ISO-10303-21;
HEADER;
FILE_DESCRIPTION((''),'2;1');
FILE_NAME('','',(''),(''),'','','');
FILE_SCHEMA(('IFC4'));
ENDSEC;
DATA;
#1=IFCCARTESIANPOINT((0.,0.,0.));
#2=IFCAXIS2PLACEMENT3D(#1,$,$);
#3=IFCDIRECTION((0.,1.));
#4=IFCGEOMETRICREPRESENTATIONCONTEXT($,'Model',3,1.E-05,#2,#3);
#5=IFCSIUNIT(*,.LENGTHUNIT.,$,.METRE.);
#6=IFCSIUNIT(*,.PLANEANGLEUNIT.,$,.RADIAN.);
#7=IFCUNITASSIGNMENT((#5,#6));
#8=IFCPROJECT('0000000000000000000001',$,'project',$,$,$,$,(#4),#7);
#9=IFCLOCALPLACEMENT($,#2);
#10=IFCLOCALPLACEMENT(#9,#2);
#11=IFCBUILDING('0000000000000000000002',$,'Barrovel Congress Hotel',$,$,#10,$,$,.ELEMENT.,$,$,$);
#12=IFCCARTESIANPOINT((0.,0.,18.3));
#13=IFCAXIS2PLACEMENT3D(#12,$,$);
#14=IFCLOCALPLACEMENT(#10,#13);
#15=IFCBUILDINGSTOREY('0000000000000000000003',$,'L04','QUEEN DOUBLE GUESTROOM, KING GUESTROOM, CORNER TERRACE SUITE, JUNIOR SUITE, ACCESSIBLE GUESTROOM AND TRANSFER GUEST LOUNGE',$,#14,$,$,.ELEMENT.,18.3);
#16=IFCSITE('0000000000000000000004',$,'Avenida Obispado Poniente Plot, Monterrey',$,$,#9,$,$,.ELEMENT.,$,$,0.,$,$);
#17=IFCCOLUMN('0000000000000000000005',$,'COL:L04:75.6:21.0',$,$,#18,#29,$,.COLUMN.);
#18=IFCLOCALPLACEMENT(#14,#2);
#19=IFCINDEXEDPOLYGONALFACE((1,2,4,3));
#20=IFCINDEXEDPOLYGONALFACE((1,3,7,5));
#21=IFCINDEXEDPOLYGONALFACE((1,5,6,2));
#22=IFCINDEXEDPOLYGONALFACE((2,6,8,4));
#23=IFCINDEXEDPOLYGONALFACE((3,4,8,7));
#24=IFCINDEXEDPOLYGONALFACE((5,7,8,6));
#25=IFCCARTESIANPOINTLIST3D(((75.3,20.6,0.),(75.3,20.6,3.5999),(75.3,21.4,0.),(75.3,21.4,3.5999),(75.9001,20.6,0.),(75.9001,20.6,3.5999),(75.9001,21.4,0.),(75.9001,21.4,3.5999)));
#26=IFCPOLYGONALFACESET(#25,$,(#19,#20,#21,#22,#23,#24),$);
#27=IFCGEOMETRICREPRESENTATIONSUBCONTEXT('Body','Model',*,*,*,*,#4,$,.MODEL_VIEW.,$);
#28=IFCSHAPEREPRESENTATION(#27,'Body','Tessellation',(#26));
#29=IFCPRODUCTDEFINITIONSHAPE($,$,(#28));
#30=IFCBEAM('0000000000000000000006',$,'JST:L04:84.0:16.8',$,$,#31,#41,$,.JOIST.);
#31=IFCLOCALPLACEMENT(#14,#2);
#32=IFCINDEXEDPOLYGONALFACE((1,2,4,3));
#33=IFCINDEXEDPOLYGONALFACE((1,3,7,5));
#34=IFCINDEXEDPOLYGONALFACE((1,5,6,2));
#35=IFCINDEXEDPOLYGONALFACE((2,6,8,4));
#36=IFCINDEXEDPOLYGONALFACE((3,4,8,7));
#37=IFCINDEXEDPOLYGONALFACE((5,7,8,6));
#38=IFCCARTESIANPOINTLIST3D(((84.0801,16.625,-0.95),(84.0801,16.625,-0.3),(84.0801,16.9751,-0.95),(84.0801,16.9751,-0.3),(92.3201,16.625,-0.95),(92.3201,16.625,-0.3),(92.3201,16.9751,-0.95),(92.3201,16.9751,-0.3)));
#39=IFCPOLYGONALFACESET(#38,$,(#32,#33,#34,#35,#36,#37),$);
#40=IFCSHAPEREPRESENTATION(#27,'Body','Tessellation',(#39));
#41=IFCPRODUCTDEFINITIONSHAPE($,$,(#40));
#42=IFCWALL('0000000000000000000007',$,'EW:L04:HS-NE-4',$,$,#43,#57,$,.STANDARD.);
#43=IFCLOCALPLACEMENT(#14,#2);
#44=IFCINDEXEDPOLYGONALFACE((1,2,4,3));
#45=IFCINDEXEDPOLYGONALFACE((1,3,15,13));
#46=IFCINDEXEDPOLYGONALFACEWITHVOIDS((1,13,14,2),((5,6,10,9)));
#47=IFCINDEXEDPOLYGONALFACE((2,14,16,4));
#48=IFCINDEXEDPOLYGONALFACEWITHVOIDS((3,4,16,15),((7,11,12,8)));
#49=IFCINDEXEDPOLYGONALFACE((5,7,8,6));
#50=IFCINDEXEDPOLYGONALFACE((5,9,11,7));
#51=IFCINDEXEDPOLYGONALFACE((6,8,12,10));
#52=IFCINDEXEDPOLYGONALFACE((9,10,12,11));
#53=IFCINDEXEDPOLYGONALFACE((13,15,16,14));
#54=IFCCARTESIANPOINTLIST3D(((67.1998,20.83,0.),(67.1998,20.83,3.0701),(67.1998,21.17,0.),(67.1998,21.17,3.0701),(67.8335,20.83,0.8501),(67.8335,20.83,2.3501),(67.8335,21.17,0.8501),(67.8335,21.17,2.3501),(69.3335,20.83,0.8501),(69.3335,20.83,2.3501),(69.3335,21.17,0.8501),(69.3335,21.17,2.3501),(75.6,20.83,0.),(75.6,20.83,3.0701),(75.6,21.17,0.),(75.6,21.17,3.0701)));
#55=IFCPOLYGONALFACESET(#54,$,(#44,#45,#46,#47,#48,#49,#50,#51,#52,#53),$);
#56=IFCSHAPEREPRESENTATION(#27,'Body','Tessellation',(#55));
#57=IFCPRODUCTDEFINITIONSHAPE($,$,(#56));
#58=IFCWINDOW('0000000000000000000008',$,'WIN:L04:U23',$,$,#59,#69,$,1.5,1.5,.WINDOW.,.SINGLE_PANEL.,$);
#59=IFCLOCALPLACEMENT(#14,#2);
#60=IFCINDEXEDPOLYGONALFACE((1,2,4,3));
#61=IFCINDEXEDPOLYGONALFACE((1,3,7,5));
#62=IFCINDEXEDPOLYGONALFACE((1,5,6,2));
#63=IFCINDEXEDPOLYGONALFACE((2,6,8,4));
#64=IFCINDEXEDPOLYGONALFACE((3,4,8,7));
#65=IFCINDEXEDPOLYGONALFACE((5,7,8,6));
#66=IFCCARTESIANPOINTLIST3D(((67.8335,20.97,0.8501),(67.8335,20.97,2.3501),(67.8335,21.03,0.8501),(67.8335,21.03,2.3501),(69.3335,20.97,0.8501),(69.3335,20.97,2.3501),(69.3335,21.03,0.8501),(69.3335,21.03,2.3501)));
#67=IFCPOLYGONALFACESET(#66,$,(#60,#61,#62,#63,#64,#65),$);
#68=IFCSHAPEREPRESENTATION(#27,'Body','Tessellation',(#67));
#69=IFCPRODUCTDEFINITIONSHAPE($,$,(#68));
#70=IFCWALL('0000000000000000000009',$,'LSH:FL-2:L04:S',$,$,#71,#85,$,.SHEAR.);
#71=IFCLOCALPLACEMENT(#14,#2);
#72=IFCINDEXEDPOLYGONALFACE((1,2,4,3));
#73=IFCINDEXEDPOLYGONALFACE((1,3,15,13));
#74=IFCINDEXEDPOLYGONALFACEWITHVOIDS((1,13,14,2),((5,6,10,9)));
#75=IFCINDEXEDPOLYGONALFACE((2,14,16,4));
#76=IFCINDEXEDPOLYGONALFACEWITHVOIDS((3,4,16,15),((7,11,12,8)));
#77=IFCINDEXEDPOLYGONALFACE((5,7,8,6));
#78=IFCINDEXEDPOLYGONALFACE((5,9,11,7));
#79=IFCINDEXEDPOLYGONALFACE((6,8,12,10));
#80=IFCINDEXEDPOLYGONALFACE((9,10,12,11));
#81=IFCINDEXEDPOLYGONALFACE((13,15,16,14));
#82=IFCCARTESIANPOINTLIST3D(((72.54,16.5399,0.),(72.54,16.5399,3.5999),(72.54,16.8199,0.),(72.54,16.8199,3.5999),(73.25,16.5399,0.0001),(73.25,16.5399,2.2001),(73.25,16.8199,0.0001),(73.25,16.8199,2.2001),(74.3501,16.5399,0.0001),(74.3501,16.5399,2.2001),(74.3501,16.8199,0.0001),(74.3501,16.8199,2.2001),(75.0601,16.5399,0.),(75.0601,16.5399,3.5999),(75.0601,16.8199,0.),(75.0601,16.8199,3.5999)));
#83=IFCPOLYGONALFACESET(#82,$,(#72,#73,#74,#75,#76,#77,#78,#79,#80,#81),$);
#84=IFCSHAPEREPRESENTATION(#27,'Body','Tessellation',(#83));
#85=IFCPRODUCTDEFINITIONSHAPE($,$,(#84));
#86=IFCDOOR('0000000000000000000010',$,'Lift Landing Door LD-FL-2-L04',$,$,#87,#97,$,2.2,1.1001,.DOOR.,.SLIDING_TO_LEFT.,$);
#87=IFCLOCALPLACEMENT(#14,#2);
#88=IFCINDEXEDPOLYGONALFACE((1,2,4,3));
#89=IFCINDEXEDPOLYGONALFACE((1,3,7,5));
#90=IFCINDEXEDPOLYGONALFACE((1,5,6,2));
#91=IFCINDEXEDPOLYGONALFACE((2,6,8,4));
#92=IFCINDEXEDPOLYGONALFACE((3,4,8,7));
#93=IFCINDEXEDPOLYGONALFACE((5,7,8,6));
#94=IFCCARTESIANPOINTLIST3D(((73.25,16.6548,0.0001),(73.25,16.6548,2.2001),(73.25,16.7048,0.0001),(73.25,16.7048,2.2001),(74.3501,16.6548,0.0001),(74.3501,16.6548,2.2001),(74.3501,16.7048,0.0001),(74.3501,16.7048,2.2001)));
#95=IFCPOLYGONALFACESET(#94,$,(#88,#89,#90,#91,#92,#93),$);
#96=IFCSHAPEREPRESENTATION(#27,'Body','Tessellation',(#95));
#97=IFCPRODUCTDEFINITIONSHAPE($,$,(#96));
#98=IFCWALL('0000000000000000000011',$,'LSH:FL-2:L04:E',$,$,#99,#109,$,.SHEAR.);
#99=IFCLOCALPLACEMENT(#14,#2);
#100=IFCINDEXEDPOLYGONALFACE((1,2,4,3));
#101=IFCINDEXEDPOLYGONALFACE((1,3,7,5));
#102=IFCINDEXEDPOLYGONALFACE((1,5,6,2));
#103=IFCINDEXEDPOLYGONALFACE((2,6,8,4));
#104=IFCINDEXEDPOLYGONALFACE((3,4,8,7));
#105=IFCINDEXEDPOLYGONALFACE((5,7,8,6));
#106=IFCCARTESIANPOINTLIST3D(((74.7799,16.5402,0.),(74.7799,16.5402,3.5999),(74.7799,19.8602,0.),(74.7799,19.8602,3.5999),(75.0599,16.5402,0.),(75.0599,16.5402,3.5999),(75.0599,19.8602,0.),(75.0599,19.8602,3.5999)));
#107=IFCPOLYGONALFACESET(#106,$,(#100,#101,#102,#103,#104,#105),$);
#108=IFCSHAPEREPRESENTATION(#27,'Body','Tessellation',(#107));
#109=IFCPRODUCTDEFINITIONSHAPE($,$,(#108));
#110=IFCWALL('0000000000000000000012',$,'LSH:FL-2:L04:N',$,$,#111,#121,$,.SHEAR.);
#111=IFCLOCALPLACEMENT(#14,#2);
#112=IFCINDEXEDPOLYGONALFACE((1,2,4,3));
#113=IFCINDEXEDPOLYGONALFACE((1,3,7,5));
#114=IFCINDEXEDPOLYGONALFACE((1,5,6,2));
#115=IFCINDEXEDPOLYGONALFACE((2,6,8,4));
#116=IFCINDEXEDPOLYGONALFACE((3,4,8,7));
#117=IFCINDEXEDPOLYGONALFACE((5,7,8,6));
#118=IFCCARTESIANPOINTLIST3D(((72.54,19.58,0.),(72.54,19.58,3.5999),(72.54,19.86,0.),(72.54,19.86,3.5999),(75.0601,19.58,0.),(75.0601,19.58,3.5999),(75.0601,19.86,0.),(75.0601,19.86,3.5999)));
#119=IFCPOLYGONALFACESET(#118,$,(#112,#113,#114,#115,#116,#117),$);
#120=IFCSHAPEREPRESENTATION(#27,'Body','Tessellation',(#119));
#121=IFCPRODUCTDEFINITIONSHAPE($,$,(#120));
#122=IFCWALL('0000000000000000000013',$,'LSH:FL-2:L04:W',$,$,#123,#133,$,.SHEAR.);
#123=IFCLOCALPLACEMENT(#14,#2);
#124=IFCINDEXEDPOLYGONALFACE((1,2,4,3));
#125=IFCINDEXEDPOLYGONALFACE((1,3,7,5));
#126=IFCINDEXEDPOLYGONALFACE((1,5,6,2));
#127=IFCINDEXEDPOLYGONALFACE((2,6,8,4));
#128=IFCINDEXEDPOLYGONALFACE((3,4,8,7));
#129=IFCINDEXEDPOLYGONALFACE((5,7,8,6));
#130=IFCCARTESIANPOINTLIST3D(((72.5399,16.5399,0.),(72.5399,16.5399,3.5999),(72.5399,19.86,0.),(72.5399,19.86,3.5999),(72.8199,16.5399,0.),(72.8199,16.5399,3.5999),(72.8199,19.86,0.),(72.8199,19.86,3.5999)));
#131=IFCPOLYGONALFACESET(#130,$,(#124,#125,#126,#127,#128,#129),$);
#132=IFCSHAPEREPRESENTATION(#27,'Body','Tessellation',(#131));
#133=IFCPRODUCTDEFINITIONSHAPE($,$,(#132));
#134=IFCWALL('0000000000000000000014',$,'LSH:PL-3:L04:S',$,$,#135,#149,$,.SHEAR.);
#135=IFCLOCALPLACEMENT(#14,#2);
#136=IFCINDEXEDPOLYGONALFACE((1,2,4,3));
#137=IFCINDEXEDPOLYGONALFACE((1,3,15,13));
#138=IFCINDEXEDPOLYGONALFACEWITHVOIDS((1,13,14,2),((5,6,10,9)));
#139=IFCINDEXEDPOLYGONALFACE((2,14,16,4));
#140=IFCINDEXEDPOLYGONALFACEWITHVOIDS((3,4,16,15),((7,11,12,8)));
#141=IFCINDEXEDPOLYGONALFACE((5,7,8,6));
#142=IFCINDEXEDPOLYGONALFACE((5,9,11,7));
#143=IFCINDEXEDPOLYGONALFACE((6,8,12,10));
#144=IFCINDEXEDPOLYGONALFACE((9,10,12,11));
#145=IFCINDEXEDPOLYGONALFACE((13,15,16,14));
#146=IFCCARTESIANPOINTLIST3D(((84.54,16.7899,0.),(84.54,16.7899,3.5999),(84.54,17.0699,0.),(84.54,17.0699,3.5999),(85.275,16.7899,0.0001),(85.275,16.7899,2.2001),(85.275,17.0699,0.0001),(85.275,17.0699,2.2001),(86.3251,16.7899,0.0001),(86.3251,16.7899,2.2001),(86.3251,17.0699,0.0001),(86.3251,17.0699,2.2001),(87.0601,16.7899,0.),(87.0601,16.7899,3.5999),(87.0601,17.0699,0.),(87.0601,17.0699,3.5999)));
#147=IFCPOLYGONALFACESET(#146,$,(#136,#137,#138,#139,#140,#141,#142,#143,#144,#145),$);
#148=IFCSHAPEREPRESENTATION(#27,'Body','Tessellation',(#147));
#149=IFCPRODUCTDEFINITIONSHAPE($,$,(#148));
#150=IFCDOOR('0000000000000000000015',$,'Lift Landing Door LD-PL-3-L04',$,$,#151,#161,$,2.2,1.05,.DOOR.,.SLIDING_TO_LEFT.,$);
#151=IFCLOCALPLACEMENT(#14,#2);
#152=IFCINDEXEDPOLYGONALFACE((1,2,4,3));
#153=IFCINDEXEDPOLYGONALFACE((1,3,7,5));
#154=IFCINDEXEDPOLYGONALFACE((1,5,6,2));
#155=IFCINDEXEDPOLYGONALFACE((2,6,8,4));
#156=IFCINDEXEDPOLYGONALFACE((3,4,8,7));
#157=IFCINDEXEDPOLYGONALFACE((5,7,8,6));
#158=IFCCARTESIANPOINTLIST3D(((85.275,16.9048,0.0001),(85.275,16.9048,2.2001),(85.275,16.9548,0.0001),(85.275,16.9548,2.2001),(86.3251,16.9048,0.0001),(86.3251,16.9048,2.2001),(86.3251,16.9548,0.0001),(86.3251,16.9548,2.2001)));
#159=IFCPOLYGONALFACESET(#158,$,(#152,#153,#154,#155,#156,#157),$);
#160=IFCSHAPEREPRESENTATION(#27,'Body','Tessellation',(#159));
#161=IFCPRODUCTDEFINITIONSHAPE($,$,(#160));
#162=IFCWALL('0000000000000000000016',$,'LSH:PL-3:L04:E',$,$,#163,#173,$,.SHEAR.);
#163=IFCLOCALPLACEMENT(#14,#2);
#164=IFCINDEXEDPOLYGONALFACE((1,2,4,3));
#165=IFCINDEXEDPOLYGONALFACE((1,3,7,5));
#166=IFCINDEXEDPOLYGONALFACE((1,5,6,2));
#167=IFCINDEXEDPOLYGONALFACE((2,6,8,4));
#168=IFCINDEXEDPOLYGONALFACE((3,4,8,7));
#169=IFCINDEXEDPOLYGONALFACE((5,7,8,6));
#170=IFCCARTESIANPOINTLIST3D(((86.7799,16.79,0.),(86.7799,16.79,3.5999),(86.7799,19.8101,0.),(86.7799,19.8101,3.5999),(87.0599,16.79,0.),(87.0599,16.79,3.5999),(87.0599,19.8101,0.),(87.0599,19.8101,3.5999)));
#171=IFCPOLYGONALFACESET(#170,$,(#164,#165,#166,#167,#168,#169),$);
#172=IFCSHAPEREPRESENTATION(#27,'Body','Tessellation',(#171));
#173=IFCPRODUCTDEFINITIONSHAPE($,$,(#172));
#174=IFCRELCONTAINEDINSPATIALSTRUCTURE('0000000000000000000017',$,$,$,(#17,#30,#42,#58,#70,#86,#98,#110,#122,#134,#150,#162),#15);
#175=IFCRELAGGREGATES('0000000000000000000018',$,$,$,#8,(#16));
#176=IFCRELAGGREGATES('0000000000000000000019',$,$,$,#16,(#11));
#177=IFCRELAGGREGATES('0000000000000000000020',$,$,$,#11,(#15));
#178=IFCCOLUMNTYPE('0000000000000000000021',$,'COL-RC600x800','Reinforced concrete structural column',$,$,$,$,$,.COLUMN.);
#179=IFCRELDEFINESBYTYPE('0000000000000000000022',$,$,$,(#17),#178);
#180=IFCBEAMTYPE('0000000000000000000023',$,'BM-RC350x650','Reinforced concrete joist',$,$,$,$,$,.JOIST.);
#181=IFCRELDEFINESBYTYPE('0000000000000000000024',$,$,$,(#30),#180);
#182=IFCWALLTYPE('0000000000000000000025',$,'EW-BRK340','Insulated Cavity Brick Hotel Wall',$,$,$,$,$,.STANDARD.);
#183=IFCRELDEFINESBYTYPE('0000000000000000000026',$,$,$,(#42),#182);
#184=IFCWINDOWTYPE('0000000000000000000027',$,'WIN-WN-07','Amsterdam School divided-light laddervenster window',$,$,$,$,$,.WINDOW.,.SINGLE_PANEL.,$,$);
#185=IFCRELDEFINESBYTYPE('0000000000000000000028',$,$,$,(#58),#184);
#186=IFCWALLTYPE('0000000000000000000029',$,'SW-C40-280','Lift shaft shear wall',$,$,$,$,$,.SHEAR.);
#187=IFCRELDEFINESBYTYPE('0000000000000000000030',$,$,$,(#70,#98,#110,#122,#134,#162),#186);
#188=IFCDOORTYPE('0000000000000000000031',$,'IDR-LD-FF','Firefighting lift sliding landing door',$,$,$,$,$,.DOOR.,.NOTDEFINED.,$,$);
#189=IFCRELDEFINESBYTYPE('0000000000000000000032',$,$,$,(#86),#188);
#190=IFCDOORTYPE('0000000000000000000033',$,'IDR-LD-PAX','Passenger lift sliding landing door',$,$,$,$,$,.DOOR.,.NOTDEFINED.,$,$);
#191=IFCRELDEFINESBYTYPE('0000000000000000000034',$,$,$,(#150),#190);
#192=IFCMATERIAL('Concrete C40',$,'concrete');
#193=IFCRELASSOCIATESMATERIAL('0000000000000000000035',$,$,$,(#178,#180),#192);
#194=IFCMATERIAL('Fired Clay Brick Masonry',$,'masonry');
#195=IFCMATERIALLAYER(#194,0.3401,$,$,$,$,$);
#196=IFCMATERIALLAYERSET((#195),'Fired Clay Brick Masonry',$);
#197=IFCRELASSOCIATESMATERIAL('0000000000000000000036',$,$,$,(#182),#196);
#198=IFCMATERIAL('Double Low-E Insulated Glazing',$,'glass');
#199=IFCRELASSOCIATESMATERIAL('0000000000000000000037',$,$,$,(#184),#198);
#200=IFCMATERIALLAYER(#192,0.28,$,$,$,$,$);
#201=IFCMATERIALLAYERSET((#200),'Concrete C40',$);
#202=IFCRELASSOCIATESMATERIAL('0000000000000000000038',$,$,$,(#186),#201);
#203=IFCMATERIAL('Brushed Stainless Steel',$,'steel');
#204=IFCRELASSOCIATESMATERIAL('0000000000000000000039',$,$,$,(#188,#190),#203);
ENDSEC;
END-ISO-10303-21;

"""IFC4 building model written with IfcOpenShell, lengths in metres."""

from ifc_helpers import new_model, si_unit, direction, frame, frame_2d, origin, origin_2d, place, context, subcontext, project, spatial, rectangle, extrude, material, layer, layer_set, material_profile, profile_set, type_object, element, fill, save


model = new_model("IFC4")

# Units and contexts
model_context = context("Model", 3, precision=1e-05, world=origin(), true_north=direction((0.0, 1.0)))
body_context = subcontext(model_context, "Body", "Model", "MODEL_VIEW")
ifc_project = project(units=[si_unit("LENGTHUNIT", "METRE"), si_unit("PLANEANGLEUNIT", "RADIAN")], contexts=[model_context])

# Site, building, storey
site_placement = place(None, origin())
site = spatial("IfcSite", under=ifc_project, at=site_placement, Name="Avenida Obispado Poniente Plot, Monterrey", CompositionType="ELEMENT", RefElevation=0.0)
building_placement = place(site_placement, origin())
building = spatial("IfcBuilding", under=site, at=building_placement, Name="Barrovel Congress Hotel", CompositionType="ELEMENT")
storey_placement = place(building_placement, frame((0.0, 0.0, 18.3)))
storey = spatial("IfcBuildingStorey", under=building, at=storey_placement, Name="L04", Description="QUEEN DOUBLE GUESTROOM, KING GUESTROOM, CORNER TERRACE SUITE, JUNIOR SUITE, ACCESSIBLE GUESTROOM AND TRANSFER GUEST LOUNGE", CompositionType="ELEMENT", Elevation=18.3)

# Column
ifc_material_1 = material(Name="Concrete C40", Category="concrete")
ifc_material_profile_1 = material_profile(ifc_material_1, rectangle(XDim=0.6001, YDim=0.8, at=origin_2d()), Name="RC600x800")
ifc_profile_set_1 = profile_set([ifc_material_profile_1], Name="Concrete C40")
column_type = type_object("IfcColumnType", Name="COL-RC600x800", Description="Reinforced concrete structural column", PredefinedType="COLUMN", material=ifc_profile_set_1)
column_placement = place(storey_placement, frame((75.6001, 21.0, 0.0), z_axis=(0.0, 0.0, 1.0), x_axis=(1.0, 0.0, 0.0)))
element("IfcColumn", 1, at=column_placement, inside=storey, type_object=column_type, Name="COL:L04:75.6:21.0", PredefinedType="COLUMN", context=body_context, shape_type="SweptSolid", body=[
    extrude(rectangle(XDim=0.6001, YDim=0.8, at=origin_2d()), origin(), (0.0, 0.0, 1.0), 3.5999),
])

# Beam
ifc_material_profile_2 = material_profile(ifc_material_1, rectangle(XDim=0.3501, YDim=0.6499, at=origin_2d()), Name="RC350x650")
ifc_profile_set_2 = profile_set([ifc_material_profile_2], Name="Concrete C40")
beam_type = type_object("IfcBeamType", Name="BM-RC350x650", Description="Reinforced concrete joist", PredefinedType="JOIST", material=ifc_profile_set_2)
beam_placement = place(storey_placement, frame((84.0801, 16.8, -0.625), z_axis=(1.0, 0.0, 0.0), x_axis=(0.0, 1.0, 0.0)))
element("IfcBeam", 2, at=beam_placement, inside=storey, type_object=beam_type, Name="JST:L04:84.0:16.8", PredefinedType="JOIST", context=body_context, shape_type="SweptSolid", body=[
    extrude(rectangle(XDim=0.3501, YDim=0.6499, at=origin_2d()), origin(), (0.0, 0.0, 1.0), 8.24),
])

# Wall, opening, window
ifc_material_2 = material(Name="Fired Clay Brick Masonry", Category="masonry")
ifc_layer_1 = layer(ifc_material_2, 0.3401)
ifc_layer_set_1 = layer_set([ifc_layer_1], Name="Fired Clay Brick Masonry")
wall_type_1 = type_object("IfcWallType", Name="EW-BRK340", Description="Insulated Cavity Brick Hotel Wall", PredefinedType="STANDARD", material=ifc_layer_set_1)
wall_1_placement = place(storey_placement, frame((75.6001, 21.0, 0.0), z_axis=(0.0, 0.0, 1.0), x_axis=(-1.0, 0.0, 0.0)))
wall_1 = element("IfcWall", 3, at=wall_1_placement, inside=storey, type_object=wall_type_1, Name="EW:L04:HS-NE-4", PredefinedType="STANDARD", context=body_context, shape_type="SweptSolid", body=[
    extrude(rectangle(XDim=8.4001, YDim=0.3401, at=frame_2d((4.2002, 0.0))), origin(), (0.0, 0.0, 1.0), 3.0701),
])
opening_1_placement = place(wall_1_placement, frame((6.2666, 0.0, 0.8501)))
opening_1 = element("IfcOpeningElement", 4, at=opening_1_placement, cuts=wall_1, PredefinedType="OPENING", context=body_context, shape_type="SweptSolid", body=[
    extrude(rectangle(XDim=1.5, YDim=1.5, at=frame_2d((0.75, 0.75))), frame((0.0, 0.1802, 0.0), z_axis=(0.0, -1.0, 0.0), x_axis=(1.0, 0.0, 0.0)), (0.0, 0.0, 1.0), 0.3601),
])
ifc_material_3 = material(Name="Double Low-E Insulated Glazing", Category="glass")
window_type = type_object("IfcWindowType", Name="WIN-WN-07", Description="Amsterdam School divided-light laddervenster window", PartitioningType="SINGLE_PANEL", PredefinedType="WINDOW", material=ifc_material_3)
window_placement = place(opening_1_placement, origin())
window = element("IfcWindow", 5, at=window_placement, inside=storey, type_object=window_type, Name="WIN:L04:U23", OverallHeight=1.5, OverallWidth=1.5, PartitioningType="SINGLE_PANEL", PredefinedType="WINDOW", context=body_context, shape_type="SweptSolid", body=[
    extrude(rectangle(XDim=1.5, YDim=1.5, at=frame_2d((0.75, 0.75))), frame((0.0, 0.03, 0.0), z_axis=(0.0, -1.0, 0.0), x_axis=(1.0, 0.0, 0.0)), (0.0, 0.0, 1.0), 0.0601),
])
fill(opening_1, window)

# Wall, opening, door
ifc_layer_2 = layer(ifc_material_1, 0.28)
ifc_layer_set_2 = layer_set([ifc_layer_2], Name="Concrete C40")
wall_type_2 = type_object("IfcWallType", Name="SW-C40-280", Description="Lift shaft shear wall", PredefinedType="SHEAR", material=ifc_layer_set_2)
wall_2_placement = place(storey_placement, frame((72.54, 16.6799, 0.0), z_axis=(0.0, 0.0, 1.0), x_axis=(1.0, 0.0, 0.0)))
wall_2 = element("IfcWall", 6, at=wall_2_placement, inside=storey, type_object=wall_type_2, Name="LSH:FL-2:L04:S", PredefinedType="SHEAR", context=body_context, shape_type="SweptSolid", body=[
    extrude(rectangle(XDim=2.52, YDim=0.28, at=frame_2d((1.26, 0.0))), origin(), (0.0, 0.0, 1.0), 3.5999),
])
opening_2_placement = place(wall_2_placement, frame((0.71, 0.0, 0.0)))
opening_2 = element("IfcOpeningElement", 7, at=opening_2_placement, cuts=wall_2, PredefinedType="OPENING", context=body_context, shape_type="SweptSolid", body=[
    extrude(rectangle(XDim=1.1001, YDim=2.2, at=frame_2d((0.55, 1.1001))), frame((0.0, 0.1499, 0.0), z_axis=(0.0, -1.0, 0.0), x_axis=(1.0, 0.0, 0.0)), (0.0, 0.0, 1.0), 0.3),
])
ifc_material_4 = material(Name="Brushed Stainless Steel", Category="steel")
door_type_1 = type_object("IfcDoorType", Name="IDR-LD-FF", Description="Firefighting lift sliding landing door", OperationType="NOTDEFINED", PredefinedType="DOOR", material=ifc_material_4)
door_1_placement = place(opening_2_placement, origin())
door_1 = element("IfcDoor", 8, at=door_1_placement, inside=storey, type_object=door_type_1, Name="Lift Landing Door LD-FL-2-L04", OperationType="SLIDING_TO_LEFT", OverallHeight=2.2, OverallWidth=1.1001, PredefinedType="DOOR", context=body_context, shape_type="SweptSolid", body=[
    extrude(rectangle(XDim=1.1001, YDim=2.2, at=frame_2d((0.55, 1.1001))), frame((0.0, 0.0249, 0.0), z_axis=(0.0, -1.0, 0.0), x_axis=(1.0, 0.0, 0.0)), (0.0, 0.0, 1.0), 0.05),
])
fill(opening_2, door_1)

# Walls
wall_3_placement = place(storey_placement, frame((74.9199, 16.54, 0.0), z_axis=(0.0, 0.0, 1.0), x_axis=(0.0, 1.0, 0.0)))
element("IfcWall", 9, at=wall_3_placement, inside=storey, type_object=wall_type_2, Name="LSH:FL-2:L04:E", PredefinedType="SHEAR", context=body_context, shape_type="SweptSolid", body=[
    extrude(rectangle(XDim=3.3201, YDim=0.28, at=frame_2d((1.6602, 0.0))), origin(), (0.0, 0.0, 1.0), 3.5999),
])
wall_4_placement = place(storey_placement, frame((75.0601, 19.72, 0.0), z_axis=(0.0, 0.0, 1.0), x_axis=(-1.0, 0.0, 0.0)))
element("IfcWall", 10, at=wall_4_placement, inside=storey, type_object=wall_type_2, Name="LSH:FL-2:L04:N", PredefinedType="SHEAR", context=body_context, shape_type="SweptSolid", body=[
    extrude(rectangle(XDim=2.52, YDim=0.28, at=frame_2d((1.26, 0.0))), origin(), (0.0, 0.0, 1.0), 3.5999),
])
wall_5_placement = place(storey_placement, frame((72.6799, 19.8601, 0.0), z_axis=(0.0, 0.0, 1.0), x_axis=(0.0, -1.0, 0.0)))
element("IfcWall", 11, at=wall_5_placement, inside=storey, type_object=wall_type_2, Name="LSH:FL-2:L04:W", PredefinedType="SHEAR", context=body_context, shape_type="SweptSolid", body=[
    extrude(rectangle(XDim=3.3201, YDim=0.28, at=frame_2d((1.6602, 0.0))), origin(), (0.0, 0.0, 1.0), 3.5999),
])

# Wall, opening, door
wall_6_placement = place(storey_placement, frame((84.54, 16.9299, 0.0), z_axis=(0.0, 0.0, 1.0), x_axis=(1.0, 0.0, 0.0)))
wall_6 = element("IfcWall", 12, at=wall_6_placement, inside=storey, type_object=wall_type_2, Name="LSH:PL-3:L04:S", PredefinedType="SHEAR", context=body_context, shape_type="SweptSolid", body=[
    extrude(rectangle(XDim=2.52, YDim=0.28, at=frame_2d((1.26, 0.0))), origin(), (0.0, 0.0, 1.0), 3.5999),
])
opening_3_placement = place(wall_6_placement, frame((0.7351, 0.0, 0.0)))
opening_3 = element("IfcOpeningElement", 13, at=opening_3_placement, cuts=wall_6, PredefinedType="OPENING", context=body_context, shape_type="SweptSolid", body=[
    extrude(rectangle(XDim=1.05, YDim=2.2, at=frame_2d((0.5249, 1.1001))), frame((0.0, 0.1499, 0.0), z_axis=(0.0, -1.0, 0.0), x_axis=(1.0, 0.0, 0.0)), (0.0, 0.0, 1.0), 0.3),
])
door_type_2 = type_object("IfcDoorType", Name="IDR-LD-PAX", Description="Passenger lift sliding landing door", OperationType="NOTDEFINED", PredefinedType="DOOR", material=ifc_material_4)
door_2_placement = place(opening_3_placement, origin())
door_2 = element("IfcDoor", 14, at=door_2_placement, inside=storey, type_object=door_type_2, Name="Lift Landing Door LD-PL-3-L04", OperationType="SLIDING_TO_LEFT", OverallHeight=2.2, OverallWidth=1.05, PredefinedType="DOOR", context=body_context, shape_type="SweptSolid", body=[
    extrude(rectangle(XDim=1.05, YDim=2.2, at=frame_2d((0.5249, 1.1001))), frame((0.0, 0.0249, 0.0), z_axis=(0.0, -1.0, 0.0), x_axis=(1.0, 0.0, 0.0)), (0.0, 0.0, 1.0), 0.05),
])
fill(opening_3, door_2)

# Wall
for number, where, z_axis, x_axis, name in (
    (15, (86.9199, 16.79, 0.0), (0.0, 0.0, 1.0), (0.0, 1.0, 0.0), "LSH:PL-3:L04:E"),
):
    element("IfcWall", number, at=place(storey_placement, frame(where, z_axis=z_axis, x_axis=x_axis)), inside=storey, type_object=wall_type_2, Name=name, PredefinedType="SHEAR", context=body_context, shape_type="SweptSolid", body=[
        extrude(rectangle(XDim=3.02, YDim=0.28, at=frame_2d((1.51, 0.0))), origin(), (0.0, 0.0, 1.0), 3.5999),
    ])

save(model, "model.ifc")
